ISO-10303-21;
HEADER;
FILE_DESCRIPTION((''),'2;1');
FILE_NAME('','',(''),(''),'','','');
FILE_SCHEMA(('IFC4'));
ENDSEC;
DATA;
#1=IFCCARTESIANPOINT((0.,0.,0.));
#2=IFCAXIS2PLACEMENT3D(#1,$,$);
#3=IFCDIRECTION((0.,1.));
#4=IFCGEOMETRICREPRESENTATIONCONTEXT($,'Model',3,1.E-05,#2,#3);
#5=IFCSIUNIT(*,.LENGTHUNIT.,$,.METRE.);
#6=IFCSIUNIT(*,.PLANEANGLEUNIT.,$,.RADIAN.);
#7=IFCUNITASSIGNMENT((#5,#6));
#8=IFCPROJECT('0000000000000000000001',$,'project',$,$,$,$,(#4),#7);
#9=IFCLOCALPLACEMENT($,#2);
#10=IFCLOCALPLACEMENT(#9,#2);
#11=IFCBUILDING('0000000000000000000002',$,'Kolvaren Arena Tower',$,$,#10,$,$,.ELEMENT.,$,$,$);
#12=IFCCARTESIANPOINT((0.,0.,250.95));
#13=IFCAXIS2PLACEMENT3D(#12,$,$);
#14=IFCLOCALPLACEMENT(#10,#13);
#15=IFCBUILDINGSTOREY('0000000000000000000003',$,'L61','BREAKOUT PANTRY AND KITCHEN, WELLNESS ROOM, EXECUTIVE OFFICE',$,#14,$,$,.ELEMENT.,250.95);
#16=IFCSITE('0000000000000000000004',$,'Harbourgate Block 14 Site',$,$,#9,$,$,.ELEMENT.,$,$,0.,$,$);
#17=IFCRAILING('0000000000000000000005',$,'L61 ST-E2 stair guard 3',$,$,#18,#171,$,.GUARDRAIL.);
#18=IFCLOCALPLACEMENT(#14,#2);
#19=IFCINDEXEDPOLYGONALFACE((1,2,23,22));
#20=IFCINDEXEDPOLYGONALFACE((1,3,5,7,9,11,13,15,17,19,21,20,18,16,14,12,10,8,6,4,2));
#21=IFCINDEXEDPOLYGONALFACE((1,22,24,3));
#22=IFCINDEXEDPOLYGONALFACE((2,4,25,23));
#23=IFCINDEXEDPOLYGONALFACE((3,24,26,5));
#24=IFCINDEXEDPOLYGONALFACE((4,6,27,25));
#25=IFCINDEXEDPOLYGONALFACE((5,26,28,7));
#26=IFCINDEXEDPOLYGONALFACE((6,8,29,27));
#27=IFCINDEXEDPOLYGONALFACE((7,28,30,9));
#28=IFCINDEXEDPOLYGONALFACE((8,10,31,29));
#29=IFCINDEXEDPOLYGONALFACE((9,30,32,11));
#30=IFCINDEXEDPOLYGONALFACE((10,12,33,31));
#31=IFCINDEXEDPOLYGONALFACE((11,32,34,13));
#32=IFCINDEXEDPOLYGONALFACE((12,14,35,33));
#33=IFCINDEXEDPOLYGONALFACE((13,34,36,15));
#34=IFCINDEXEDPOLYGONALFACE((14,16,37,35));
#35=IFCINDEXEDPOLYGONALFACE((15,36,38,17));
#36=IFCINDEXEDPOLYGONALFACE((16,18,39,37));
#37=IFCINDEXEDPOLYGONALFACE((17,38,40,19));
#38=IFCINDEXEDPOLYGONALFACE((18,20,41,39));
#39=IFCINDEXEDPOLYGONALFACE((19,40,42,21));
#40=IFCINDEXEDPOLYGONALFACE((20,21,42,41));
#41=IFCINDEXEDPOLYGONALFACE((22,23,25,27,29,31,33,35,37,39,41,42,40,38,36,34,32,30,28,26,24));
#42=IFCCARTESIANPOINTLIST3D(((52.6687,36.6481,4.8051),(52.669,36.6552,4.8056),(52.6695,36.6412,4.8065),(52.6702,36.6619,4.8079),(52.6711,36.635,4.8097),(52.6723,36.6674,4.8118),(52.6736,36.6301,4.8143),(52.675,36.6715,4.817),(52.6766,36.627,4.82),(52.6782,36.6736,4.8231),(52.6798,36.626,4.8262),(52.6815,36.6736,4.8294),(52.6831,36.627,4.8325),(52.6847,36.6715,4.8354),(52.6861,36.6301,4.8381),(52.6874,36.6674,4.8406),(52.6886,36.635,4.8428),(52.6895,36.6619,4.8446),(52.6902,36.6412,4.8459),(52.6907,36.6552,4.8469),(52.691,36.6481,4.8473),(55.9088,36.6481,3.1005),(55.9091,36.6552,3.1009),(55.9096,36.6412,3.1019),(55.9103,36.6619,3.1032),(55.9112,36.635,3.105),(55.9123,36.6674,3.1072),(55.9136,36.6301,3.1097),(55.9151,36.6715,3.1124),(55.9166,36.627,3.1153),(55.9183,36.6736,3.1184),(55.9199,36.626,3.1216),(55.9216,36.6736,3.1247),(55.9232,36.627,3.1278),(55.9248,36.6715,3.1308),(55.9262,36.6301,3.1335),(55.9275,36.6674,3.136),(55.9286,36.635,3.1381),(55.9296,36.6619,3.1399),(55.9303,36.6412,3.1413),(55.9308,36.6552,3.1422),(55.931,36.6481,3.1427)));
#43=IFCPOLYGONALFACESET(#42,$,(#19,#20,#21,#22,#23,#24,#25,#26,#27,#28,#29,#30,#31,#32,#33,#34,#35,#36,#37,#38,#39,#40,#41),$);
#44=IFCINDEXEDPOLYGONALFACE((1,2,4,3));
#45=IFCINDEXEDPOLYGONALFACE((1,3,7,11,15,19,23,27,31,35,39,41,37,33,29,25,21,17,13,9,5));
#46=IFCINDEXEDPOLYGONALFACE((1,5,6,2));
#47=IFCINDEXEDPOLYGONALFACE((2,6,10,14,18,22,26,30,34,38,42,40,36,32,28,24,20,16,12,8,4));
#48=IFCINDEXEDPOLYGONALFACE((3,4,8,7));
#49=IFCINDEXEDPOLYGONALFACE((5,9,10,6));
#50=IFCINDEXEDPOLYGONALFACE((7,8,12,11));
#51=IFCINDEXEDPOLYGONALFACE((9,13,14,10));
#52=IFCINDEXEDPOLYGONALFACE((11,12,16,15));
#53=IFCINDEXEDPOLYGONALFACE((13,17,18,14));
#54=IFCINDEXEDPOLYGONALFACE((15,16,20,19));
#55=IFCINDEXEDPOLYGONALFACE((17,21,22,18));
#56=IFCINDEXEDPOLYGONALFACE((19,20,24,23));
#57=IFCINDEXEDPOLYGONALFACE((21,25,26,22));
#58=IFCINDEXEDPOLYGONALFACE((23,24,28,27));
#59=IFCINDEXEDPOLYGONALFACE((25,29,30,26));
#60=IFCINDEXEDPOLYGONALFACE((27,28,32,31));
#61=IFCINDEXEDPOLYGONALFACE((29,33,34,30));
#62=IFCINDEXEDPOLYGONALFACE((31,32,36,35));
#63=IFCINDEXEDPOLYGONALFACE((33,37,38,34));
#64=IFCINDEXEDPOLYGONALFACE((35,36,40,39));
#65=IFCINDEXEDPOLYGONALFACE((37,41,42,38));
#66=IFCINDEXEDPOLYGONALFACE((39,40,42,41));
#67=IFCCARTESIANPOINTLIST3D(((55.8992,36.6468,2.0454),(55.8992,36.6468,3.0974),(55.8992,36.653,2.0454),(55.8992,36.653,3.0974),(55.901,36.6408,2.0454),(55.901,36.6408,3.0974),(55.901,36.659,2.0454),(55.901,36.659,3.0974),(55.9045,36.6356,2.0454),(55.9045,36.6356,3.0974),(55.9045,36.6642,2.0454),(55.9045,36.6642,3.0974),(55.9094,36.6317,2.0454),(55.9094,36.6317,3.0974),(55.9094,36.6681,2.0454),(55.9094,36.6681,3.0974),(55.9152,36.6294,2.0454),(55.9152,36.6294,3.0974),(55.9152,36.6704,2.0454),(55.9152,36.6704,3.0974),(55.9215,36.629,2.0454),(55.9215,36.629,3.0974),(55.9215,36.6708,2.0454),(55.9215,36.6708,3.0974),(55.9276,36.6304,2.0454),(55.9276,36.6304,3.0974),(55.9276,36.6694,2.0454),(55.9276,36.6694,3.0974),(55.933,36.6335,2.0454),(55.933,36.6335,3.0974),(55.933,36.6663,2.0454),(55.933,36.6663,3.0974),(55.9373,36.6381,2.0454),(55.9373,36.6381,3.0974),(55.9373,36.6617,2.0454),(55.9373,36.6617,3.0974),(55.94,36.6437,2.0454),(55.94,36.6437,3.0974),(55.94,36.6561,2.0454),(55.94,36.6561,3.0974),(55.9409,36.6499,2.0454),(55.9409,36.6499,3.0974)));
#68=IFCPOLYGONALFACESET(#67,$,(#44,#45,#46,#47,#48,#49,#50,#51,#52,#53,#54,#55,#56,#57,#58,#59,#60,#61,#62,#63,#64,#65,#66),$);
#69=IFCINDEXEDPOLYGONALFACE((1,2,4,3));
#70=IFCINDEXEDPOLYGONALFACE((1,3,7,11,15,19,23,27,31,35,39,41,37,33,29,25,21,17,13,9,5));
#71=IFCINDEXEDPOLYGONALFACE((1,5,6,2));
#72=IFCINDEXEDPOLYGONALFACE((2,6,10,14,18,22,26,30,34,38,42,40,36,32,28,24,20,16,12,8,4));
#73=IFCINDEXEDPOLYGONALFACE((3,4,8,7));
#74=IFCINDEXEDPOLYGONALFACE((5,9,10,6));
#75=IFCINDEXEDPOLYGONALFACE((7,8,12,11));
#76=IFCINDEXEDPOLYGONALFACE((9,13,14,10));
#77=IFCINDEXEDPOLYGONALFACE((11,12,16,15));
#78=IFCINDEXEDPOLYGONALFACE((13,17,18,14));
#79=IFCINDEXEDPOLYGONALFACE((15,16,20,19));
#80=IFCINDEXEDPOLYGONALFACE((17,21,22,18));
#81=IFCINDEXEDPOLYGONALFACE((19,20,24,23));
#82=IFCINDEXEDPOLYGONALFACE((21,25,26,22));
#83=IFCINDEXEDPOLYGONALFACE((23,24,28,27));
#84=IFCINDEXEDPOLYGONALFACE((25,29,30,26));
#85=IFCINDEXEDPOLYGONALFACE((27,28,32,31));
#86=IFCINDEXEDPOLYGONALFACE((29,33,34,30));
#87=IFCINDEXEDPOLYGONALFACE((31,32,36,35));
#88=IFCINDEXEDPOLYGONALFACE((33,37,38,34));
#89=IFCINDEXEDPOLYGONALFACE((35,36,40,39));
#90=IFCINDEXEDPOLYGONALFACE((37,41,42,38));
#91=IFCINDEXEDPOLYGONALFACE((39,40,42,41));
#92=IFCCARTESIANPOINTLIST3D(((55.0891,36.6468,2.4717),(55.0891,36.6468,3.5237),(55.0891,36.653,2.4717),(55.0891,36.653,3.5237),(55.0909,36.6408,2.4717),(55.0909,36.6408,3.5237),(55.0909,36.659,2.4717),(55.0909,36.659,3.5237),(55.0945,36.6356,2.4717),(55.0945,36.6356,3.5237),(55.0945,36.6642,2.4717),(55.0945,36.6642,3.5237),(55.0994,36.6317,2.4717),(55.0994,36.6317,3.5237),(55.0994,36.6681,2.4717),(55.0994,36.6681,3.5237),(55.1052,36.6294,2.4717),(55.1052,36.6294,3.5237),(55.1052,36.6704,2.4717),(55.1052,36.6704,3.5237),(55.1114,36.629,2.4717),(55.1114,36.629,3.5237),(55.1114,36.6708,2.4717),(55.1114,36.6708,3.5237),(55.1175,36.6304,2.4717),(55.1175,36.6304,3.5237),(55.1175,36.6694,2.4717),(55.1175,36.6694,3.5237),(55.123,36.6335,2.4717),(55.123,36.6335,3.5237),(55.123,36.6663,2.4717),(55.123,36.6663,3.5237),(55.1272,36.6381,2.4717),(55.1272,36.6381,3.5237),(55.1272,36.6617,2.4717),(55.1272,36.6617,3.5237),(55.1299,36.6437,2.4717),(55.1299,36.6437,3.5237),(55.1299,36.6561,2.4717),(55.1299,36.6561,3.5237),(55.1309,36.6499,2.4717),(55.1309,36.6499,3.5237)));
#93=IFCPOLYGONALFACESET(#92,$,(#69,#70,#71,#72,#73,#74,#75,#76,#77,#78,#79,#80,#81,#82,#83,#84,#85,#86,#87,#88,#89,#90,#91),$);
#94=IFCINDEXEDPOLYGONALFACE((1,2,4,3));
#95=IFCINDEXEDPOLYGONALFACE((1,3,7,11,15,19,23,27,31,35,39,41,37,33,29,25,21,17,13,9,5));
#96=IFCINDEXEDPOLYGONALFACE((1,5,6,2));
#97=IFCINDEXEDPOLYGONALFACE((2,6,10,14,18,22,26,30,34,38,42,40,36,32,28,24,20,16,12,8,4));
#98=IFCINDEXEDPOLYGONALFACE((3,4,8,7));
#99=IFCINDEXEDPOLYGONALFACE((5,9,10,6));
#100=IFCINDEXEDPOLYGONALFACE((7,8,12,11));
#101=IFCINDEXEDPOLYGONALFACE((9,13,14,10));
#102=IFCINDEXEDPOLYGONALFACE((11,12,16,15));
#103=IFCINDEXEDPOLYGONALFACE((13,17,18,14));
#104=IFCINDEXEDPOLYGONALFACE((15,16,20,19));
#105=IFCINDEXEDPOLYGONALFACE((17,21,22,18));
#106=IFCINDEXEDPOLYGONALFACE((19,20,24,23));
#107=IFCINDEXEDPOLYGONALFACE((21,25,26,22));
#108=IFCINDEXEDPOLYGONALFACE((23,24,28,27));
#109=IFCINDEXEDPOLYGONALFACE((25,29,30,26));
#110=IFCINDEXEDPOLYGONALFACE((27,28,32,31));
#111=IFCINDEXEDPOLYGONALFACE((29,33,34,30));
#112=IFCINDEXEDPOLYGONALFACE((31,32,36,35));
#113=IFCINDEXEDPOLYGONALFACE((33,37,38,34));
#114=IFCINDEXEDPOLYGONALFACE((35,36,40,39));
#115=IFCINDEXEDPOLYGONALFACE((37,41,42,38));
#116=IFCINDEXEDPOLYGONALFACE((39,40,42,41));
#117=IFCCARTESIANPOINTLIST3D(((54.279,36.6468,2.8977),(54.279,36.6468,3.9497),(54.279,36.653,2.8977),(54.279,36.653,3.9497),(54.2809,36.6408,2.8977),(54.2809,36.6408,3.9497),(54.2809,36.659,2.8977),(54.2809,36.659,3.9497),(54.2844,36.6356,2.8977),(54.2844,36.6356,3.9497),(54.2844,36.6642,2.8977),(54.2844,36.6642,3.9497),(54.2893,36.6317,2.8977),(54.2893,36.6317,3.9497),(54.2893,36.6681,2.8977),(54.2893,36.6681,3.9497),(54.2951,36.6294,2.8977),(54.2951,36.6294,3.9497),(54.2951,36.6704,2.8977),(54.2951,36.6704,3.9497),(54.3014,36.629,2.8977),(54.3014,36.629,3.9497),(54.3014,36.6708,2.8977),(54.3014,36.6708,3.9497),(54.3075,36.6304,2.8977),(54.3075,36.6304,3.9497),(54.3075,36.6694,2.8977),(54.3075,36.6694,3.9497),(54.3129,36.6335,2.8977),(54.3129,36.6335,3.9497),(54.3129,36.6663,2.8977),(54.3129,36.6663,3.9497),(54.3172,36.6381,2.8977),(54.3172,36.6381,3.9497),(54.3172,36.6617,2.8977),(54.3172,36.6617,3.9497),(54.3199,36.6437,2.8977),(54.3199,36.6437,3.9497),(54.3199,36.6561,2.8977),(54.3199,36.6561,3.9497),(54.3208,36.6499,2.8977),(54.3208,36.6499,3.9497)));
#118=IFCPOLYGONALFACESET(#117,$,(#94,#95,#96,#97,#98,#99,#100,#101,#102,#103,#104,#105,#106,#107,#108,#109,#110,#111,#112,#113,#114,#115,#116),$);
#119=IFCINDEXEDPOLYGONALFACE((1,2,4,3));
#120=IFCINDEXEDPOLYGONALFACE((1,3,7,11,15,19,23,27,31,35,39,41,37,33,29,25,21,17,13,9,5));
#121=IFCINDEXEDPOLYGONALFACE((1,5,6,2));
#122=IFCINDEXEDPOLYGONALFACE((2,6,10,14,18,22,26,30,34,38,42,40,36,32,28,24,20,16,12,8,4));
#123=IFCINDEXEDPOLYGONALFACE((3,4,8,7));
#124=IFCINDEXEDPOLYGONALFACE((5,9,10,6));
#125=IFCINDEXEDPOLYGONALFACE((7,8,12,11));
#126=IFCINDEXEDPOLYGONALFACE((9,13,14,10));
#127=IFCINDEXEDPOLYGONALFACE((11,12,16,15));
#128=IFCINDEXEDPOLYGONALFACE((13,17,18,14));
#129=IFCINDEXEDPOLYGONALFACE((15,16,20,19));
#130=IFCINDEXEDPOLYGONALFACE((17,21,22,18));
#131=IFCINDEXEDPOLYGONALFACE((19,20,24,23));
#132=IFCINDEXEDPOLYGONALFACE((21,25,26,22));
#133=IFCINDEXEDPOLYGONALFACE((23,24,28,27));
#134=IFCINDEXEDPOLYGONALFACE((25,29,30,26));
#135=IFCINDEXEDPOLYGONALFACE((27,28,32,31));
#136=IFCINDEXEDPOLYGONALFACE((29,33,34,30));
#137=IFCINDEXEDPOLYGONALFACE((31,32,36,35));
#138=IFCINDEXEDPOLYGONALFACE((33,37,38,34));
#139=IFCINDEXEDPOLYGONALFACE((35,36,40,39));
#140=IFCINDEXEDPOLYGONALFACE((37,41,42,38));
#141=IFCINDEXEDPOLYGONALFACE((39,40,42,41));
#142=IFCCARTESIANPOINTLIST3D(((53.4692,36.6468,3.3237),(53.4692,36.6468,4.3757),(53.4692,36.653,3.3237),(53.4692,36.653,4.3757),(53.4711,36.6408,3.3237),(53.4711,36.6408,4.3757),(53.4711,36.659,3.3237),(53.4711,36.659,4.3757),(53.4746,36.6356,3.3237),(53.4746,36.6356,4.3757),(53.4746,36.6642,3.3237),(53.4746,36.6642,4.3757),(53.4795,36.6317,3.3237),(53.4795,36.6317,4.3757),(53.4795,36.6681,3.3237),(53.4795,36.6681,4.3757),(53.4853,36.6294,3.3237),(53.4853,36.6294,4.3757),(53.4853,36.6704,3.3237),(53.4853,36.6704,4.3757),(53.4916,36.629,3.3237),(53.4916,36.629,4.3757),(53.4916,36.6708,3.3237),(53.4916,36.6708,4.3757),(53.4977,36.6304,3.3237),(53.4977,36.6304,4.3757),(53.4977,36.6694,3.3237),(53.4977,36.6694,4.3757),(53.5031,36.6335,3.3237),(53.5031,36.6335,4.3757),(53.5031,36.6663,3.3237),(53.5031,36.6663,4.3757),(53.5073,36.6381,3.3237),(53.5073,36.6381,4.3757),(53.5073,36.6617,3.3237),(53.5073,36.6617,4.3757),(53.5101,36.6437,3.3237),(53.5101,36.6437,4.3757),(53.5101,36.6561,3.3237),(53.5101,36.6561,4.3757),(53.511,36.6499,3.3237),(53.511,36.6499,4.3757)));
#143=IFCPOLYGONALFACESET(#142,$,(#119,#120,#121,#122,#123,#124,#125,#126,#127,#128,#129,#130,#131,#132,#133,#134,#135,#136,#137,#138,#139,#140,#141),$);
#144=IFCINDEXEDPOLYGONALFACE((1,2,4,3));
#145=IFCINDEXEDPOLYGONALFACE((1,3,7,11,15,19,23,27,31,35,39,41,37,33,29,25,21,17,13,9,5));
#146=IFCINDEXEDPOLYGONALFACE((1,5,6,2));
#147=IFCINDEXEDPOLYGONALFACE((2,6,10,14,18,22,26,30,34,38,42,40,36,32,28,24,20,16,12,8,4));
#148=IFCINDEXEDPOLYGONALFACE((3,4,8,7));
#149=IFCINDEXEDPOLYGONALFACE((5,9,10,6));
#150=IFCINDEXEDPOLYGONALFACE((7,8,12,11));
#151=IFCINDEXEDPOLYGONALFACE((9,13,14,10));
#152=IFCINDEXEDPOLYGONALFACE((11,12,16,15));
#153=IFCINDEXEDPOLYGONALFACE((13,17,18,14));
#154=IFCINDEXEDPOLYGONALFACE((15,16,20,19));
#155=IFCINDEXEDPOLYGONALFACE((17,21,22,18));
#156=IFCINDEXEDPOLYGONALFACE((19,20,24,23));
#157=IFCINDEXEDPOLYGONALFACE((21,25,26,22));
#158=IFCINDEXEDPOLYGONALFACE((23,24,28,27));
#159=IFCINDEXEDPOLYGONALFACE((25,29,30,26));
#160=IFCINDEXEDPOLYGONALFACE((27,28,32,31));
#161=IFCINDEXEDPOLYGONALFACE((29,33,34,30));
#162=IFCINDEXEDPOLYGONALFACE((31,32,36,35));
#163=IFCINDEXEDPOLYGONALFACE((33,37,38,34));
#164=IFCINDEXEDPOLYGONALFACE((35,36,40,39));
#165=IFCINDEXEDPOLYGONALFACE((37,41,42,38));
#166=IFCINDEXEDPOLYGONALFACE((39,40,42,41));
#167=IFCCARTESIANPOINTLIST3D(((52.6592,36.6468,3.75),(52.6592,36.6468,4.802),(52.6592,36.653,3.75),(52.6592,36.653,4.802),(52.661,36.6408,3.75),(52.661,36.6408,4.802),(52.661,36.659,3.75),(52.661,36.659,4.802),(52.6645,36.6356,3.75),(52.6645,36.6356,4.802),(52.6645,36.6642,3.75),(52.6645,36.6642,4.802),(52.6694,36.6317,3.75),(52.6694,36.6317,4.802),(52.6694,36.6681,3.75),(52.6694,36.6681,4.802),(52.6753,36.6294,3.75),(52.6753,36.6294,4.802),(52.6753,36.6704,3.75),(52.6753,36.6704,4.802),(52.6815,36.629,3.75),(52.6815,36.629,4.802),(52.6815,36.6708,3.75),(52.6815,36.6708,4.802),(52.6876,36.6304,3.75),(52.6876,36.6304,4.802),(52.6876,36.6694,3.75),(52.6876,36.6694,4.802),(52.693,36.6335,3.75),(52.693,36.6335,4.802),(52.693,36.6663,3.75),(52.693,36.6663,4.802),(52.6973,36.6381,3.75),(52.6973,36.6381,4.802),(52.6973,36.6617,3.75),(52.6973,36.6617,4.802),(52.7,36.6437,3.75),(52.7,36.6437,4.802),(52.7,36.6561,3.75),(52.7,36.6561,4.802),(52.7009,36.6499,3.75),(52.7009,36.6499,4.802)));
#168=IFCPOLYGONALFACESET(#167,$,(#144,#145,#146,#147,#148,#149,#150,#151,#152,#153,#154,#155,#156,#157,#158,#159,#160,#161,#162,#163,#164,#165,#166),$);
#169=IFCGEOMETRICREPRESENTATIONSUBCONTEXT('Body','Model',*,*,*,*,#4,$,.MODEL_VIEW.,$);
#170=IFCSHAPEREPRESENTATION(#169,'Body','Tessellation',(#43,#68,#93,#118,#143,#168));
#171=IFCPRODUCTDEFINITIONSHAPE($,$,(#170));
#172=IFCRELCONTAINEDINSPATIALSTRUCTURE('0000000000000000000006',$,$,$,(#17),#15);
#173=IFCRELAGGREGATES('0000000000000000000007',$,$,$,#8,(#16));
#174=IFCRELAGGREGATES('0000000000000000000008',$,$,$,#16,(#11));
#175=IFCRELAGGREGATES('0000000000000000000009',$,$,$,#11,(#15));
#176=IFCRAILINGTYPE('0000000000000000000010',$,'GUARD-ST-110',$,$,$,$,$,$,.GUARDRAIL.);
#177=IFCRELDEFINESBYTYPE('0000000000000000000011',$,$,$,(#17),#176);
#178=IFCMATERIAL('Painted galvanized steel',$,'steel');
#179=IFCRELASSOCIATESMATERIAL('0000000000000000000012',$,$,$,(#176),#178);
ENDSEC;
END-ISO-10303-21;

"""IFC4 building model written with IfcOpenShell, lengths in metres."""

from ifc_helpers import new_model, si_unit, direction, frame, origin, origin_2d, place, context, subcontext, project, spatial, circle, extrude, material, type_object, element, save


model = new_model("IFC4")

# Units and contexts
model_context = context("Model", 3, precision=1e-05, world=origin(), true_north=direction((0.0, 1.0)))
body_context = subcontext(model_context, "Body", "Model", "MODEL_VIEW")
ifc_project = project(units=[si_unit("LENGTHUNIT", "METRE"), si_unit("PLANEANGLEUNIT", "RADIAN")], contexts=[model_context])

# Site, building, storey
site_placement = place(None, origin())
site = spatial("IfcSite", under=ifc_project, at=site_placement, Name="Harbourgate Block 14 Site", CompositionType="ELEMENT", RefElevation=0.0)
building_placement = place(site_placement, origin())
building = spatial("IfcBuilding", under=site, at=building_placement, Name="Kolvaren Arena Tower", CompositionType="ELEMENT")
storey_placement = place(building_placement, frame((0.0, 0.0, 250.95)))
storey = spatial("IfcBuildingStorey", under=building, at=storey_placement, Name="L61", Description="BREAKOUT PANTRY AND KITCHEN, WELLNESS ROOM, EXECUTIVE OFFICE", CompositionType="ELEMENT", Elevation=250.95)

# Railing
ifc_material_1 = material(Name="Painted galvanized steel", Category="steel")
railing_type_1 = type_object("IfcRailingType", Name="GUARD-ST-110", PredefinedType="GUARDRAIL", material=ifc_material_1)
railing_1_placement = place(storey_placement, frame((55.9199, 36.6499, 2.0454)))
element("IfcRailing", 1, at=railing_1_placement, inside=storey, type_object=railing_type_1, Name="L61 ST-E2 stair guard 3", PredefinedType="GUARDRAIL", context=body_context, shape_type="SweptSolid", body=[
    extrude(circle(Radius=0.0239, at=origin_2d()), frame((0.0, 0.0, 1.0762), z_axis=(-0.884993, 0.0, 0.465604), x_axis=(0.0, -1.0, 0.0)), (0.0, 0.0, 1.0), 3.6611),
    extrude(circle(Radius=0.021, at=origin_2d()), origin(), (0.0, 0.0, 1.0), 1.052),
    extrude(circle(Radius=0.021, at=origin_2d()), frame((-0.8101, 0.0, 0.4263)), (0.0, 0.0, 1.0), 1.052),
    extrude(circle(Radius=0.021, at=origin_2d()), frame((-1.6201, 0.0, 0.8523)), (0.0, 0.0, 1.0), 1.052),
    extrude(circle(Radius=0.021, at=origin_2d()), frame((-2.4299, 0.0, 1.2783)), (0.0, 0.0, 1.0), 1.052),
    extrude(circle(Radius=0.021, at=origin_2d()), frame((-3.24, 0.0, 1.7046)), (0.0, 0.0, 1.0), 1.052),
])

save(model, "model.ifc")
